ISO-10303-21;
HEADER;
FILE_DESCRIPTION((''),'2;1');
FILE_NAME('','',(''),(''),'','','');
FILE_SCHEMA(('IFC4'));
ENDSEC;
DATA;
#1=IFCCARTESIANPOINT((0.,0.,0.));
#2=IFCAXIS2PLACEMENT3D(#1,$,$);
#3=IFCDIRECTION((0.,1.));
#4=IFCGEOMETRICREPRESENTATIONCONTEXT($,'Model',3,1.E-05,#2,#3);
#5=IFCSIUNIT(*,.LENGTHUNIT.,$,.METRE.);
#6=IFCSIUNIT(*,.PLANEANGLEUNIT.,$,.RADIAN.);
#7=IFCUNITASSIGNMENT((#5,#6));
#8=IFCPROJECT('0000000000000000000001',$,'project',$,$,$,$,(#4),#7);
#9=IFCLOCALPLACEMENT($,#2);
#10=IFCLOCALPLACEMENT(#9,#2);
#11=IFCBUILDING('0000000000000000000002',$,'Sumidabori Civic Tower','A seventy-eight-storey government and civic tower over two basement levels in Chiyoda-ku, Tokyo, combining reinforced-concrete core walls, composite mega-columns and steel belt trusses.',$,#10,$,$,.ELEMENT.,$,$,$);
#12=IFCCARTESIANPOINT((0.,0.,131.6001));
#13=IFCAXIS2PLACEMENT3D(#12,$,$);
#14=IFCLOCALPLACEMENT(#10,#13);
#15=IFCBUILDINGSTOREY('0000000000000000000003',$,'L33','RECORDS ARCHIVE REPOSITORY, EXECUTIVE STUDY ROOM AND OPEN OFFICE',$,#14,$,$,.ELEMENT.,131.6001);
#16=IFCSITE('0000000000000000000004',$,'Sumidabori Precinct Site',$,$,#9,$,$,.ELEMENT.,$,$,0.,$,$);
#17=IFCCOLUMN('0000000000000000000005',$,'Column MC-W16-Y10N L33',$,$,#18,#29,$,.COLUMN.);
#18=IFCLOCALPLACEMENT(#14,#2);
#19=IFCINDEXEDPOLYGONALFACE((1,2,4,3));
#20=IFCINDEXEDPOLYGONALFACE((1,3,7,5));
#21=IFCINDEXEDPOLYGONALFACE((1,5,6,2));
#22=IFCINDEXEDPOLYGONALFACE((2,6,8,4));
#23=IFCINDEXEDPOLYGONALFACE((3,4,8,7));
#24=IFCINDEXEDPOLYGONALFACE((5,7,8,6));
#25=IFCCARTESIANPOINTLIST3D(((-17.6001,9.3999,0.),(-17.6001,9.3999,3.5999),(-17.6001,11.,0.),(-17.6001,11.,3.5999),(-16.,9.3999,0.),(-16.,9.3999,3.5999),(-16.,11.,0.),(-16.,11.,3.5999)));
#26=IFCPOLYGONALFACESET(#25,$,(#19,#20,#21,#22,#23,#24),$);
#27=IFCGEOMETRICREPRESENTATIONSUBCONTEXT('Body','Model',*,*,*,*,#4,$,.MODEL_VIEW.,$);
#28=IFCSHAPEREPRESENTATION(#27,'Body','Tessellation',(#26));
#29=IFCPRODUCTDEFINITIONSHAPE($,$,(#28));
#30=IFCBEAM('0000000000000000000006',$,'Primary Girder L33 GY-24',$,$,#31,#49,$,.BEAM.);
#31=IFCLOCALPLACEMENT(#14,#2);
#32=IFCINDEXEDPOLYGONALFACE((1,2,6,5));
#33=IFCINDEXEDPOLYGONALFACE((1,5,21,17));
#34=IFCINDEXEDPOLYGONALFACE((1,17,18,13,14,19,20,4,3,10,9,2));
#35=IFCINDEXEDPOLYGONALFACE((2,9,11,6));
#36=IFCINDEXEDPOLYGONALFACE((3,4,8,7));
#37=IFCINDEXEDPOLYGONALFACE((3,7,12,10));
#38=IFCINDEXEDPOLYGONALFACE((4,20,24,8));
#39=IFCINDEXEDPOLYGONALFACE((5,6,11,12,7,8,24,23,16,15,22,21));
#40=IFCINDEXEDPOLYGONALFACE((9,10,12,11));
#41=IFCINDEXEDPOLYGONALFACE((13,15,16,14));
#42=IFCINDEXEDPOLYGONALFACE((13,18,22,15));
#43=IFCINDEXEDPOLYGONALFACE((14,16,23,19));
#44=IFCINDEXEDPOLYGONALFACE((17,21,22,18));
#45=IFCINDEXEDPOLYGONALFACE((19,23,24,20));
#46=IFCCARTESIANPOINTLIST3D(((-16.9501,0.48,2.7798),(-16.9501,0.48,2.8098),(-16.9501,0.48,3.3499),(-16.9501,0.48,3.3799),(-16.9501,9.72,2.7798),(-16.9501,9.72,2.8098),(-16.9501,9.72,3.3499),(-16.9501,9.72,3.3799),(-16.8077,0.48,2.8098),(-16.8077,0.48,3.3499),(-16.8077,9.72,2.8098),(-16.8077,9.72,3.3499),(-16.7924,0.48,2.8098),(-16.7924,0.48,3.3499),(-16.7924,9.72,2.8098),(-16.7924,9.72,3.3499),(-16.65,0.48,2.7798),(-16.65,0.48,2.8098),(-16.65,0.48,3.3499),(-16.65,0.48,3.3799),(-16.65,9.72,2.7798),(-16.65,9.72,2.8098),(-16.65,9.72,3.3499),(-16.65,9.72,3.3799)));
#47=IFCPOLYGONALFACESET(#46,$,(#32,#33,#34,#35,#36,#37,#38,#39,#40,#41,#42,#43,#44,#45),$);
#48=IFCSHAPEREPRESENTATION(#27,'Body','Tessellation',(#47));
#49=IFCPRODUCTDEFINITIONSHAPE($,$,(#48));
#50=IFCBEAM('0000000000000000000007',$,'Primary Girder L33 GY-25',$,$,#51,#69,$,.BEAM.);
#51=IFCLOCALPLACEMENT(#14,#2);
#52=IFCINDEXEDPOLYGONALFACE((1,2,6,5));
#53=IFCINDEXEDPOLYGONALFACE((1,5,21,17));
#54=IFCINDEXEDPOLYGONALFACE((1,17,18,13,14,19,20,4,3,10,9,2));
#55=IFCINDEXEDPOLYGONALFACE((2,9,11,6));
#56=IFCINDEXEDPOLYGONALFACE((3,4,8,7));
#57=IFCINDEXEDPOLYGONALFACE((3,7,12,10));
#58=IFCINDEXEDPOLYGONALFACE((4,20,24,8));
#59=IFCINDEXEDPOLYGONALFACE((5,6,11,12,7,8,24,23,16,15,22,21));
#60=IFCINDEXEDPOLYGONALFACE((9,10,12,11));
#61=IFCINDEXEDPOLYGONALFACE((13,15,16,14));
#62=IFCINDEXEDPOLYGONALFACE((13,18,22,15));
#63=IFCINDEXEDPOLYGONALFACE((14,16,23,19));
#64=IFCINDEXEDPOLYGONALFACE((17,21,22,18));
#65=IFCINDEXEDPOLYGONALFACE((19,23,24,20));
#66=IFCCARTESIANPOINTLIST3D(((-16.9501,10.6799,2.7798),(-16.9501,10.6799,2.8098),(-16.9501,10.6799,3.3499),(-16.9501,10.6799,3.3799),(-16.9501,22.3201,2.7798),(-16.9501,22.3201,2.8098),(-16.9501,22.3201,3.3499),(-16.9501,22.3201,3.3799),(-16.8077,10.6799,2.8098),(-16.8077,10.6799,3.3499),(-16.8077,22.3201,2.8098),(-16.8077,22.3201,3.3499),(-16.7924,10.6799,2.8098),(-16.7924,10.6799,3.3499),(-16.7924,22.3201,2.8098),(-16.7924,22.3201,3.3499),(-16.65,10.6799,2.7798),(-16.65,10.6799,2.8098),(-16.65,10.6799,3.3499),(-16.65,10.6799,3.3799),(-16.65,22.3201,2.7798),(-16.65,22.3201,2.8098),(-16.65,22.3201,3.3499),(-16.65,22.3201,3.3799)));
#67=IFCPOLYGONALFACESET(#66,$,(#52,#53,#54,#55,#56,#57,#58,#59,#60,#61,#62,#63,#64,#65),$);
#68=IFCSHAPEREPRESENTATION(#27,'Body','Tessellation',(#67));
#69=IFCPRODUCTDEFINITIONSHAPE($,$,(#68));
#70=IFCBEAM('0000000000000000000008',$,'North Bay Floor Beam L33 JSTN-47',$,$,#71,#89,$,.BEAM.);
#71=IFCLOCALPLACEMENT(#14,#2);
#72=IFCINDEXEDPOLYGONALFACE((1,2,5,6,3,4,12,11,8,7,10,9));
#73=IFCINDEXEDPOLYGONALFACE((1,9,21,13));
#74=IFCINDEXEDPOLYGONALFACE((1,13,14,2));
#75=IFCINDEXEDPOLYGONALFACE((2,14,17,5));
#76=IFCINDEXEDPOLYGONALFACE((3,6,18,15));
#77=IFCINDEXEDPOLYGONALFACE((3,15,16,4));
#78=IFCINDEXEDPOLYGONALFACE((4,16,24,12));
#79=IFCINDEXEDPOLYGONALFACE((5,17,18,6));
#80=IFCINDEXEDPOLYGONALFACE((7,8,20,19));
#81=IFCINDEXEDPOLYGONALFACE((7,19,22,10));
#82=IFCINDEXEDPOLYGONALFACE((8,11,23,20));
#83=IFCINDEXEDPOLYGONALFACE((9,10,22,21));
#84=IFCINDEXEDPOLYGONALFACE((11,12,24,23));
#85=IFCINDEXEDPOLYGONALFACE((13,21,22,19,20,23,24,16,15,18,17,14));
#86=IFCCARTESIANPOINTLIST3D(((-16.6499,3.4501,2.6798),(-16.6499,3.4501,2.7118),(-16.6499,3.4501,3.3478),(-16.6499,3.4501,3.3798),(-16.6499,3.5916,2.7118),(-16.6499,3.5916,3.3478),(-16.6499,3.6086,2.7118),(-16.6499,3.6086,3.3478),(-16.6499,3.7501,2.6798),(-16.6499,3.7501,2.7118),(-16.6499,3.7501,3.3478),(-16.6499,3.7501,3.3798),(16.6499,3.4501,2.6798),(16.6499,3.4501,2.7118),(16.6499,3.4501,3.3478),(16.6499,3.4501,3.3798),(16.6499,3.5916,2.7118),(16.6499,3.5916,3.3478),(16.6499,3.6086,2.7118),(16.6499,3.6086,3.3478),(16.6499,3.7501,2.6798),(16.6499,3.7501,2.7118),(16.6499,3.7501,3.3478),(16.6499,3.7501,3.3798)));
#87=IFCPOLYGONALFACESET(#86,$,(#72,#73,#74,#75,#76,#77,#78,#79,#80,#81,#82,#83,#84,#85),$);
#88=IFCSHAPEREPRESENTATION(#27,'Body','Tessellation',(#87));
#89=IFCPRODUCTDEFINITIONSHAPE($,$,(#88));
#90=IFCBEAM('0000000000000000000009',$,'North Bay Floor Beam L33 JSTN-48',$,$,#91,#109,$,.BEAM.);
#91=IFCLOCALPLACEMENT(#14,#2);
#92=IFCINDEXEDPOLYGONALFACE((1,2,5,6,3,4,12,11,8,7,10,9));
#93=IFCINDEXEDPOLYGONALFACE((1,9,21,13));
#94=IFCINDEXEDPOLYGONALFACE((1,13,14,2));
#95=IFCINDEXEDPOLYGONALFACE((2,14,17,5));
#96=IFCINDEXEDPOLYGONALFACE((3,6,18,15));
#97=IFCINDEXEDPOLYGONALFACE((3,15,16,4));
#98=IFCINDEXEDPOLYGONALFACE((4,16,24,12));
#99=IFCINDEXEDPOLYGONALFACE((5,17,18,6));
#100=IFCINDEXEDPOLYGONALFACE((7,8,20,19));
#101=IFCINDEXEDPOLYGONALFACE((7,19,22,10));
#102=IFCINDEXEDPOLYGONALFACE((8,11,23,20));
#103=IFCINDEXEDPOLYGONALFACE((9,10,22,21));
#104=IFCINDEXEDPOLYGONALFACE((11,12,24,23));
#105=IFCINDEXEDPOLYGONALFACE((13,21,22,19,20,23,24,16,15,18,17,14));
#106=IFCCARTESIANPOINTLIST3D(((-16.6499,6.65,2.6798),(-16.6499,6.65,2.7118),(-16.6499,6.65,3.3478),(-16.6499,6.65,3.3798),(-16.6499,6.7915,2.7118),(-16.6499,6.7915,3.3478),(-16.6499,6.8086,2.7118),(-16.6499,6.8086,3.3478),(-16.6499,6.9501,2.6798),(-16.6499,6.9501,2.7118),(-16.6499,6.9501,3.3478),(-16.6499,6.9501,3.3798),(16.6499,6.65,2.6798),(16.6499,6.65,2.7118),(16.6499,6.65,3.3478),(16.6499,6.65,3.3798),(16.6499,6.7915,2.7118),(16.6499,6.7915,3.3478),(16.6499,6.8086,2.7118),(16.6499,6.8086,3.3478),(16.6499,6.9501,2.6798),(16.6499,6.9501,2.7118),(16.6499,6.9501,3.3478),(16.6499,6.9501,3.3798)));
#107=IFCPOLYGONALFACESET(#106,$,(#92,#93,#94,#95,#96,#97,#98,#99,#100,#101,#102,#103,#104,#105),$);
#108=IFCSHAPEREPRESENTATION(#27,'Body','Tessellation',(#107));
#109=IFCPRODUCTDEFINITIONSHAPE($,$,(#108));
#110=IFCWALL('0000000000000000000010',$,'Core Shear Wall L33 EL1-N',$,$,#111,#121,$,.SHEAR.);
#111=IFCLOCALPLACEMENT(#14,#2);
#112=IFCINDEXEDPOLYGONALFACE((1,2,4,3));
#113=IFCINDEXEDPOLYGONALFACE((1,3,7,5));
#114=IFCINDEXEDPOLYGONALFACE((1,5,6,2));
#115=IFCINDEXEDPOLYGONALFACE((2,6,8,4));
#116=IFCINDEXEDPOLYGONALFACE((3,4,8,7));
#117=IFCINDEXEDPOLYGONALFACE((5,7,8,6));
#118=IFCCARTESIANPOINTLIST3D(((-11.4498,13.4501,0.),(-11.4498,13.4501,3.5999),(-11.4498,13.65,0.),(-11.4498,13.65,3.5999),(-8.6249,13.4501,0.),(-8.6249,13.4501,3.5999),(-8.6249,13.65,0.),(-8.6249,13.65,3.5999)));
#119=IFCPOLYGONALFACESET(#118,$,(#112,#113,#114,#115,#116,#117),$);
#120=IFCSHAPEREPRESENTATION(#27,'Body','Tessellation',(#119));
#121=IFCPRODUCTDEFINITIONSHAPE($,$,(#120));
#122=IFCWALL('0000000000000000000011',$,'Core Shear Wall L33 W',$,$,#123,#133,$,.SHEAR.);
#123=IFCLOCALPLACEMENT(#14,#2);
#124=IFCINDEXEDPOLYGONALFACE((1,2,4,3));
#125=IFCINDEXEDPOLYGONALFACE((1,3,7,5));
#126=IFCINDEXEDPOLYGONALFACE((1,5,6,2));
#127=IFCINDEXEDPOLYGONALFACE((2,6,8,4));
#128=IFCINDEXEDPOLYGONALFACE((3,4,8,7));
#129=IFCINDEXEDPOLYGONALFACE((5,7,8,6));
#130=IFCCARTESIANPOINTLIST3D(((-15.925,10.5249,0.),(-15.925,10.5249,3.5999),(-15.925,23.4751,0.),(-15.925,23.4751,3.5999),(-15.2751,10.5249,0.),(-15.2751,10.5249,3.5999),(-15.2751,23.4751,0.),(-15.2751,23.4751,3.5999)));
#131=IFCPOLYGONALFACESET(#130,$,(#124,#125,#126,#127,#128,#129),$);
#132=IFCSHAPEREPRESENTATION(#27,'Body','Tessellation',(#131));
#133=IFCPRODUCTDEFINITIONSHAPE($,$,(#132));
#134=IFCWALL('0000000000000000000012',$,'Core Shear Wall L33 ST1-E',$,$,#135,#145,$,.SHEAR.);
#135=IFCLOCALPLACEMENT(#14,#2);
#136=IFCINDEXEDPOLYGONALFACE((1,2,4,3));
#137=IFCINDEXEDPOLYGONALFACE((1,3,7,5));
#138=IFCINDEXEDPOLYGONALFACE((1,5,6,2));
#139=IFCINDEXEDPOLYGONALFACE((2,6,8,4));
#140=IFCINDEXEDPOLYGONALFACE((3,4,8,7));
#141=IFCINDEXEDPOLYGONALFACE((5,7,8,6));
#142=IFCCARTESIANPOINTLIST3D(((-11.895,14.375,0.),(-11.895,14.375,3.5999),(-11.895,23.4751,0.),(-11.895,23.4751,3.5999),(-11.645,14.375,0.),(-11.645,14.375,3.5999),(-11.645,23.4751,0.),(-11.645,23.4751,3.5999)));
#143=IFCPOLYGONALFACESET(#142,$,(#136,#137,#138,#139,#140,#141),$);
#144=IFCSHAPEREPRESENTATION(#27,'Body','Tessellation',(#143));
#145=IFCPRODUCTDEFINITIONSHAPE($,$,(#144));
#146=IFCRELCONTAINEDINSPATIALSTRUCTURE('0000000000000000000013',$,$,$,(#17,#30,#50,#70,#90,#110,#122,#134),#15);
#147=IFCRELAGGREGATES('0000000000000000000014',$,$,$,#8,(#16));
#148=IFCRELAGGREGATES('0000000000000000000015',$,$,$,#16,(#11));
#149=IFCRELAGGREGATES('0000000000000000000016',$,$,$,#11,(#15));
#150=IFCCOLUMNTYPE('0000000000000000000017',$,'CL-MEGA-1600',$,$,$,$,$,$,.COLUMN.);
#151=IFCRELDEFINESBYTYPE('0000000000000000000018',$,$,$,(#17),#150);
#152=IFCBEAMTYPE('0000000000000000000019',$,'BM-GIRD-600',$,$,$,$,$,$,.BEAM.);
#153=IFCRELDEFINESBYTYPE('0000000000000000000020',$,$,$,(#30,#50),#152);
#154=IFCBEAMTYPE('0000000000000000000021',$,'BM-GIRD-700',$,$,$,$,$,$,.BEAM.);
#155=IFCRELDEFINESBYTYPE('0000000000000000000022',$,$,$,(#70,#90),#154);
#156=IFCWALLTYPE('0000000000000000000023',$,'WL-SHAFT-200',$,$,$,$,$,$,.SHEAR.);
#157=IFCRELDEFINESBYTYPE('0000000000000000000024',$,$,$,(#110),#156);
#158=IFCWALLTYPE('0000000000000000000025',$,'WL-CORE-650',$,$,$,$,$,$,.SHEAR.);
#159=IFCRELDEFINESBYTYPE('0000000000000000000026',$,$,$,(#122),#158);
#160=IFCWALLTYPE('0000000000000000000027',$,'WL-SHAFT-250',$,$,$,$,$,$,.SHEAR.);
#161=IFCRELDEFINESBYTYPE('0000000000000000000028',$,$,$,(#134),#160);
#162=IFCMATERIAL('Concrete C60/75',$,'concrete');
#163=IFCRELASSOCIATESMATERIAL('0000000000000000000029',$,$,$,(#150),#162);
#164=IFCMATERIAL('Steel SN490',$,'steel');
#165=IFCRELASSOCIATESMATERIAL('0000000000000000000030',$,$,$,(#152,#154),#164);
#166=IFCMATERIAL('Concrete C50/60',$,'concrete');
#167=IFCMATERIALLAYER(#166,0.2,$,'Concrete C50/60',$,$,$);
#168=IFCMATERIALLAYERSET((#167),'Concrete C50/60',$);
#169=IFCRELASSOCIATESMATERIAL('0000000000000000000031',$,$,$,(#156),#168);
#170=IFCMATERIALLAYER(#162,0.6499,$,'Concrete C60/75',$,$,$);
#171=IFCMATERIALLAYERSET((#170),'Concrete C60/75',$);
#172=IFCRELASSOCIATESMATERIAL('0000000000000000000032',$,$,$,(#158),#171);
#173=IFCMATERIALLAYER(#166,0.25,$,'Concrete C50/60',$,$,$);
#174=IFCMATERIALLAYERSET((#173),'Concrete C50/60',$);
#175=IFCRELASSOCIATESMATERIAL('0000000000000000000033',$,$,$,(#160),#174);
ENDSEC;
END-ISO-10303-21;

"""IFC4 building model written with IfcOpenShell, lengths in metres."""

from ifc_helpers import new_model, si_unit, direction, frame, frame_2d, origin, origin_2d, place, context, subcontext, project, spatial, rectangle, i_section, extrude, source, transform, mapped, material, layer, layer_set, material_profile, profile_set, type_object, element, save


model = new_model("IFC4")

# Units and contexts
model_context = context("Model", 3, precision=1e-05, world=origin(), true_north=direction((0.0, 1.0)))
body_context = subcontext(model_context, "Body", "Model", "MODEL_VIEW")
ifc_project = project(units=[si_unit("LENGTHUNIT", "METRE"), si_unit("PLANEANGLEUNIT", "RADIAN")], contexts=[model_context])

# Site, building, storey
site_placement = place(None, origin())
site = spatial("IfcSite", under=ifc_project, at=site_placement, Name="Sumidabori Precinct Site", CompositionType="ELEMENT", RefElevation=0.0)
building_placement = place(site_placement, origin())
building = spatial("IfcBuilding", under=site, at=building_placement, Name="Sumidabori Civic Tower", Description="A seventy-eight-storey government and civic tower over two basement levels in Chiyoda-ku, Tokyo, combining reinforced-concrete core walls, composite mega-columns and steel belt trusses.", CompositionType="ELEMENT")
storey_placement = place(building_placement, frame((0.0, 0.0, 131.6001)))
storey = spatial("IfcBuildingStorey", under=building, at=storey_placement, Name="L33", Description="RECORDS ARCHIVE REPOSITORY, EXECUTIVE STUDY ROOM AND OPEN OFFICE", CompositionType="ELEMENT", Elevation=131.6001)

# Column
ifc_material_1 = material(Name="Concrete C60/75", Category="concrete")
ifc_material_profile_1 = material_profile(ifc_material_1, rectangle(XDim=1.6001, YDim=1.6001, at=origin_2d()), Name="RC 1600x1600")
ifc_profile_set_1 = profile_set([ifc_material_profile_1], Name="Concrete C60/75")
column_type = type_object("IfcColumnType", Name="CL-MEGA-1600", PredefinedType="COLUMN", material=ifc_profile_set_1)
shared_shape_1 = source(origin(), body_context, "Body", "SweptSolid", [
    extrude(rectangle(XDim=1.6001, YDim=1.6001, at=origin_2d()), origin(), (0.0, 0.0, 1.0), 3.5999),
])
column_placement = place(storey_placement, frame((-16.8, 10.2, 0.0), z_axis=(0.0, 0.0, 1.0), x_axis=(1.0, 0.0, 0.0)))
element("IfcColumn", 1, at=column_placement, inside=storey, type_object=column_type, Name="Column MC-W16-Y10N L33", PredefinedType="COLUMN", context=body_context, shape_type="MappedRepresentation", body=[
    mapped(shared_shape_1, transform((0.0, 0.0, 0.0), x_axis=(1.0, 0.0, 0.0), y_axis=(0.0, 1.0, 0.0), z_axis=(0.0, 0.0, 1.0), scale=1.0)),
])

# Beams
ifc_material_2 = material(Name="Steel SN490", Category="steel")
ifc_material_profile_2 = material_profile(ifc_material_2, i_section(OverallWidth=0.3, OverallDepth=0.6001, WebThickness=0.0154, FlangeThickness=0.03, at=origin_2d()), Name="HE 600 B")
ifc_profile_set_2 = profile_set([ifc_material_profile_2], Name="Steel SN490")
beam_type_1 = type_object("IfcBeamType", Name="BM-GIRD-600", PredefinedType="BEAM", material=ifc_profile_set_2)
shared_shape_2 = source(origin(), body_context, "Body", "SweptSolid", [
    extrude(i_section(OverallWidth=0.3, OverallDepth=0.6001, WebThickness=0.0154, FlangeThickness=0.03, at=origin_2d()), origin(), (0.0, 0.0, 1.0), 9.24),
])
beam_1_placement = place(storey_placement, frame((-16.8, 0.48, 3.0798), z_axis=(0.0, 1.0, 0.0), x_axis=(-1.0, 0.0, 0.0)))
element("IfcBeam", 2, at=beam_1_placement, inside=storey, type_object=beam_type_1, Name="Primary Girder L33 GY-24", PredefinedType="BEAM", context=body_context, shape_type="MappedRepresentation", body=[
    mapped(shared_shape_2, transform((0.0, 0.0, 0.0), x_axis=(1.0, 0.0, 0.0), y_axis=(0.0, 1.0, 0.0), z_axis=(0.0, 0.0, 1.0), scale=1.0)),
])
shared_shape_3 = source(origin(), body_context, "Body", "SweptSolid", [
    extrude(i_section(OverallWidth=0.3, OverallDepth=0.6001, WebThickness=0.0154, FlangeThickness=0.03, at=origin_2d()), origin(), (0.0, 0.0, 1.0), 11.6401),
])
beam_2_placement = place(storey_placement, frame((-16.8, 10.6799, 3.0798), z_axis=(0.0, 1.0, 0.0), x_axis=(-1.0, 0.0, 0.0)))
element("IfcBeam", 3, at=beam_2_placement, inside=storey, type_object=beam_type_1, Name="Primary Girder L33 GY-25", PredefinedType="BEAM", context=body_context, shape_type="MappedRepresentation", body=[
    mapped(shared_shape_3, transform((0.0, 0.0, 0.0), x_axis=(1.0, 0.0, 0.0), y_axis=(0.0, 1.0, 0.0), z_axis=(0.0, 0.0, 1.0), scale=1.0)),
])
ifc_material_profile_3 = material_profile(ifc_material_2, i_section(OverallWidth=0.3, OverallDepth=0.7, WebThickness=0.0171, FlangeThickness=0.032, at=origin_2d()), Name="HE 700 B")
ifc_profile_set_3 = profile_set([ifc_material_profile_3], Name="Steel SN490")
beam_type_2 = type_object("IfcBeamType", Name="BM-GIRD-700", PredefinedType="BEAM", material=ifc_profile_set_3)
shared_shape_4 = source(origin(), body_context, "Body", "SweptSolid", [
    extrude(i_section(OverallWidth=0.3, OverallDepth=0.7, WebThickness=0.0171, FlangeThickness=0.032, at=origin_2d()), origin(), (0.0, 0.0, 1.0), 33.2998),
])
for number, where, z_axis, x_axis, name in (
    (4, (-16.6499, 3.6001, 3.0298), (1.0, 0.0, 0.0), (0.0, 1.0, 0.0), "North Bay Floor Beam L33 JSTN-47"),
    (5, (-16.6499, 6.8, 3.0298), (1.0, 0.0, 0.0), (0.0, 1.0, 0.0), "North Bay Floor Beam L33 JSTN-48"),
):
    element("IfcBeam", number, at=place(storey_placement, frame(where, z_axis=z_axis, x_axis=x_axis)), inside=storey, type_object=beam_type_2, Name=name, PredefinedType="BEAM", context=body_context, shape_type="MappedRepresentation", body=[
        mapped(shared_shape_4, transform((0.0, 0.0, 0.0), x_axis=(1.0, 0.0, 0.0), y_axis=(0.0, 1.0, 0.0), z_axis=(0.0, 0.0, 1.0), scale=1.0)),
    ])

# Wall
ifc_material_3 = material(Name="Concrete C50/60", Category="concrete")
ifc_layer_1 = layer(ifc_material_3, 0.2, Name="Concrete C50/60")
ifc_layer_set_1 = layer_set([ifc_layer_1], Name="Concrete C50/60")
wall_type_1 = type_object("IfcWallType", Name="WL-SHAFT-200", PredefinedType="SHEAR", material=ifc_layer_set_1)
shared_shape_5 = source(origin(), body_context, "Body", "SweptSolid", [
    extrude(rectangle(XDim=2.825, YDim=0.2, at=frame_2d((1.4126, 0.0))), origin(), (0.0, 0.0, 1.0), 3.5999),
])
wall_1_placement = place(storey_placement, frame((-11.45, 13.55, 0.0), z_axis=(0.0, 0.0, 1.0), x_axis=(1.0, 0.0, 0.0)))
element("IfcWall", 6, at=wall_1_placement, inside=storey, type_object=wall_type_1, Name="Core Shear Wall L33 EL1-N", PredefinedType="SHEAR", context=body_context, shape_type="MappedRepresentation", body=[
    mapped(shared_shape_5, transform((0.0, 0.0, 0.0), x_axis=(1.0, 0.0, 0.0), y_axis=(0.0, 1.0, 0.0), z_axis=(0.0, 0.0, 1.0), scale=1.0)),
])

# Shared definitions
ifc_layer_2 = layer(ifc_material_1, 0.6499, Name="Concrete C60/75")
ifc_layer_set_2 = layer_set([ifc_layer_2], Name="Concrete C60/75")
wall_type_2 = type_object("IfcWallType", Name="WL-CORE-650", PredefinedType="SHEAR", material=ifc_layer_set_2)

# Wall
shared_shape_6 = source(origin(), body_context, "Body", "SweptSolid", [
    extrude(rectangle(XDim=12.9502, YDim=0.6499, at=frame_2d((6.4751, 0.0))), origin(), (0.0, 0.0, 1.0), 3.5999),
])
wall_2_placement = place(storey_placement, frame((-15.6001, 10.5249, 0.0), z_axis=(0.0, 0.0, 1.0), x_axis=(0.0, 1.0, 0.0)))
element("IfcWall", 7, at=wall_2_placement, inside=storey, type_object=wall_type_2, Name="Core Shear Wall L33 W", PredefinedType="SHEAR", context=body_context, shape_type="MappedRepresentation", body=[
    mapped(shared_shape_6, transform((0.0, 0.0, 0.0), x_axis=(1.0, 0.0, 0.0), y_axis=(0.0, 1.0, 0.0), z_axis=(0.0, 0.0, 1.0), scale=1.0)),
])

# Shared definitions
ifc_layer_3 = layer(ifc_material_3, 0.25, Name="Concrete C50/60")
ifc_layer_set_3 = layer_set([ifc_layer_3], Name="Concrete C50/60")
wall_type_3 = type_object("IfcWallType", Name="WL-SHAFT-250", PredefinedType="SHEAR", material=ifc_layer_set_3)

# Wall
shared_shape_7 = source(origin(), body_context, "Body", "SweptSolid", [
    extrude(rectangle(XDim=9.1001, YDim=0.25, at=frame_2d((4.55, 0.0))), origin(), (0.0, 0.0, 1.0), 3.5999),
])
wall_3_placement = place(storey_placement, frame((-11.77, 14.375, 0.0), z_axis=(0.0, 0.0, 1.0), x_axis=(0.0, 1.0, 0.0)))
element("IfcWall", 8, at=wall_3_placement, inside=storey, type_object=wall_type_3, Name="Core Shear Wall L33 ST1-E", PredefinedType="SHEAR", context=body_context, shape_type="MappedRepresentation", body=[
    mapped(shared_shape_7, transform((0.0, 0.0, 0.0), x_axis=(1.0, 0.0, 0.0), y_axis=(0.0, 1.0, 0.0), z_axis=(0.0, 0.0, 1.0), scale=1.0)),
])

save(model, "model.ifc")
